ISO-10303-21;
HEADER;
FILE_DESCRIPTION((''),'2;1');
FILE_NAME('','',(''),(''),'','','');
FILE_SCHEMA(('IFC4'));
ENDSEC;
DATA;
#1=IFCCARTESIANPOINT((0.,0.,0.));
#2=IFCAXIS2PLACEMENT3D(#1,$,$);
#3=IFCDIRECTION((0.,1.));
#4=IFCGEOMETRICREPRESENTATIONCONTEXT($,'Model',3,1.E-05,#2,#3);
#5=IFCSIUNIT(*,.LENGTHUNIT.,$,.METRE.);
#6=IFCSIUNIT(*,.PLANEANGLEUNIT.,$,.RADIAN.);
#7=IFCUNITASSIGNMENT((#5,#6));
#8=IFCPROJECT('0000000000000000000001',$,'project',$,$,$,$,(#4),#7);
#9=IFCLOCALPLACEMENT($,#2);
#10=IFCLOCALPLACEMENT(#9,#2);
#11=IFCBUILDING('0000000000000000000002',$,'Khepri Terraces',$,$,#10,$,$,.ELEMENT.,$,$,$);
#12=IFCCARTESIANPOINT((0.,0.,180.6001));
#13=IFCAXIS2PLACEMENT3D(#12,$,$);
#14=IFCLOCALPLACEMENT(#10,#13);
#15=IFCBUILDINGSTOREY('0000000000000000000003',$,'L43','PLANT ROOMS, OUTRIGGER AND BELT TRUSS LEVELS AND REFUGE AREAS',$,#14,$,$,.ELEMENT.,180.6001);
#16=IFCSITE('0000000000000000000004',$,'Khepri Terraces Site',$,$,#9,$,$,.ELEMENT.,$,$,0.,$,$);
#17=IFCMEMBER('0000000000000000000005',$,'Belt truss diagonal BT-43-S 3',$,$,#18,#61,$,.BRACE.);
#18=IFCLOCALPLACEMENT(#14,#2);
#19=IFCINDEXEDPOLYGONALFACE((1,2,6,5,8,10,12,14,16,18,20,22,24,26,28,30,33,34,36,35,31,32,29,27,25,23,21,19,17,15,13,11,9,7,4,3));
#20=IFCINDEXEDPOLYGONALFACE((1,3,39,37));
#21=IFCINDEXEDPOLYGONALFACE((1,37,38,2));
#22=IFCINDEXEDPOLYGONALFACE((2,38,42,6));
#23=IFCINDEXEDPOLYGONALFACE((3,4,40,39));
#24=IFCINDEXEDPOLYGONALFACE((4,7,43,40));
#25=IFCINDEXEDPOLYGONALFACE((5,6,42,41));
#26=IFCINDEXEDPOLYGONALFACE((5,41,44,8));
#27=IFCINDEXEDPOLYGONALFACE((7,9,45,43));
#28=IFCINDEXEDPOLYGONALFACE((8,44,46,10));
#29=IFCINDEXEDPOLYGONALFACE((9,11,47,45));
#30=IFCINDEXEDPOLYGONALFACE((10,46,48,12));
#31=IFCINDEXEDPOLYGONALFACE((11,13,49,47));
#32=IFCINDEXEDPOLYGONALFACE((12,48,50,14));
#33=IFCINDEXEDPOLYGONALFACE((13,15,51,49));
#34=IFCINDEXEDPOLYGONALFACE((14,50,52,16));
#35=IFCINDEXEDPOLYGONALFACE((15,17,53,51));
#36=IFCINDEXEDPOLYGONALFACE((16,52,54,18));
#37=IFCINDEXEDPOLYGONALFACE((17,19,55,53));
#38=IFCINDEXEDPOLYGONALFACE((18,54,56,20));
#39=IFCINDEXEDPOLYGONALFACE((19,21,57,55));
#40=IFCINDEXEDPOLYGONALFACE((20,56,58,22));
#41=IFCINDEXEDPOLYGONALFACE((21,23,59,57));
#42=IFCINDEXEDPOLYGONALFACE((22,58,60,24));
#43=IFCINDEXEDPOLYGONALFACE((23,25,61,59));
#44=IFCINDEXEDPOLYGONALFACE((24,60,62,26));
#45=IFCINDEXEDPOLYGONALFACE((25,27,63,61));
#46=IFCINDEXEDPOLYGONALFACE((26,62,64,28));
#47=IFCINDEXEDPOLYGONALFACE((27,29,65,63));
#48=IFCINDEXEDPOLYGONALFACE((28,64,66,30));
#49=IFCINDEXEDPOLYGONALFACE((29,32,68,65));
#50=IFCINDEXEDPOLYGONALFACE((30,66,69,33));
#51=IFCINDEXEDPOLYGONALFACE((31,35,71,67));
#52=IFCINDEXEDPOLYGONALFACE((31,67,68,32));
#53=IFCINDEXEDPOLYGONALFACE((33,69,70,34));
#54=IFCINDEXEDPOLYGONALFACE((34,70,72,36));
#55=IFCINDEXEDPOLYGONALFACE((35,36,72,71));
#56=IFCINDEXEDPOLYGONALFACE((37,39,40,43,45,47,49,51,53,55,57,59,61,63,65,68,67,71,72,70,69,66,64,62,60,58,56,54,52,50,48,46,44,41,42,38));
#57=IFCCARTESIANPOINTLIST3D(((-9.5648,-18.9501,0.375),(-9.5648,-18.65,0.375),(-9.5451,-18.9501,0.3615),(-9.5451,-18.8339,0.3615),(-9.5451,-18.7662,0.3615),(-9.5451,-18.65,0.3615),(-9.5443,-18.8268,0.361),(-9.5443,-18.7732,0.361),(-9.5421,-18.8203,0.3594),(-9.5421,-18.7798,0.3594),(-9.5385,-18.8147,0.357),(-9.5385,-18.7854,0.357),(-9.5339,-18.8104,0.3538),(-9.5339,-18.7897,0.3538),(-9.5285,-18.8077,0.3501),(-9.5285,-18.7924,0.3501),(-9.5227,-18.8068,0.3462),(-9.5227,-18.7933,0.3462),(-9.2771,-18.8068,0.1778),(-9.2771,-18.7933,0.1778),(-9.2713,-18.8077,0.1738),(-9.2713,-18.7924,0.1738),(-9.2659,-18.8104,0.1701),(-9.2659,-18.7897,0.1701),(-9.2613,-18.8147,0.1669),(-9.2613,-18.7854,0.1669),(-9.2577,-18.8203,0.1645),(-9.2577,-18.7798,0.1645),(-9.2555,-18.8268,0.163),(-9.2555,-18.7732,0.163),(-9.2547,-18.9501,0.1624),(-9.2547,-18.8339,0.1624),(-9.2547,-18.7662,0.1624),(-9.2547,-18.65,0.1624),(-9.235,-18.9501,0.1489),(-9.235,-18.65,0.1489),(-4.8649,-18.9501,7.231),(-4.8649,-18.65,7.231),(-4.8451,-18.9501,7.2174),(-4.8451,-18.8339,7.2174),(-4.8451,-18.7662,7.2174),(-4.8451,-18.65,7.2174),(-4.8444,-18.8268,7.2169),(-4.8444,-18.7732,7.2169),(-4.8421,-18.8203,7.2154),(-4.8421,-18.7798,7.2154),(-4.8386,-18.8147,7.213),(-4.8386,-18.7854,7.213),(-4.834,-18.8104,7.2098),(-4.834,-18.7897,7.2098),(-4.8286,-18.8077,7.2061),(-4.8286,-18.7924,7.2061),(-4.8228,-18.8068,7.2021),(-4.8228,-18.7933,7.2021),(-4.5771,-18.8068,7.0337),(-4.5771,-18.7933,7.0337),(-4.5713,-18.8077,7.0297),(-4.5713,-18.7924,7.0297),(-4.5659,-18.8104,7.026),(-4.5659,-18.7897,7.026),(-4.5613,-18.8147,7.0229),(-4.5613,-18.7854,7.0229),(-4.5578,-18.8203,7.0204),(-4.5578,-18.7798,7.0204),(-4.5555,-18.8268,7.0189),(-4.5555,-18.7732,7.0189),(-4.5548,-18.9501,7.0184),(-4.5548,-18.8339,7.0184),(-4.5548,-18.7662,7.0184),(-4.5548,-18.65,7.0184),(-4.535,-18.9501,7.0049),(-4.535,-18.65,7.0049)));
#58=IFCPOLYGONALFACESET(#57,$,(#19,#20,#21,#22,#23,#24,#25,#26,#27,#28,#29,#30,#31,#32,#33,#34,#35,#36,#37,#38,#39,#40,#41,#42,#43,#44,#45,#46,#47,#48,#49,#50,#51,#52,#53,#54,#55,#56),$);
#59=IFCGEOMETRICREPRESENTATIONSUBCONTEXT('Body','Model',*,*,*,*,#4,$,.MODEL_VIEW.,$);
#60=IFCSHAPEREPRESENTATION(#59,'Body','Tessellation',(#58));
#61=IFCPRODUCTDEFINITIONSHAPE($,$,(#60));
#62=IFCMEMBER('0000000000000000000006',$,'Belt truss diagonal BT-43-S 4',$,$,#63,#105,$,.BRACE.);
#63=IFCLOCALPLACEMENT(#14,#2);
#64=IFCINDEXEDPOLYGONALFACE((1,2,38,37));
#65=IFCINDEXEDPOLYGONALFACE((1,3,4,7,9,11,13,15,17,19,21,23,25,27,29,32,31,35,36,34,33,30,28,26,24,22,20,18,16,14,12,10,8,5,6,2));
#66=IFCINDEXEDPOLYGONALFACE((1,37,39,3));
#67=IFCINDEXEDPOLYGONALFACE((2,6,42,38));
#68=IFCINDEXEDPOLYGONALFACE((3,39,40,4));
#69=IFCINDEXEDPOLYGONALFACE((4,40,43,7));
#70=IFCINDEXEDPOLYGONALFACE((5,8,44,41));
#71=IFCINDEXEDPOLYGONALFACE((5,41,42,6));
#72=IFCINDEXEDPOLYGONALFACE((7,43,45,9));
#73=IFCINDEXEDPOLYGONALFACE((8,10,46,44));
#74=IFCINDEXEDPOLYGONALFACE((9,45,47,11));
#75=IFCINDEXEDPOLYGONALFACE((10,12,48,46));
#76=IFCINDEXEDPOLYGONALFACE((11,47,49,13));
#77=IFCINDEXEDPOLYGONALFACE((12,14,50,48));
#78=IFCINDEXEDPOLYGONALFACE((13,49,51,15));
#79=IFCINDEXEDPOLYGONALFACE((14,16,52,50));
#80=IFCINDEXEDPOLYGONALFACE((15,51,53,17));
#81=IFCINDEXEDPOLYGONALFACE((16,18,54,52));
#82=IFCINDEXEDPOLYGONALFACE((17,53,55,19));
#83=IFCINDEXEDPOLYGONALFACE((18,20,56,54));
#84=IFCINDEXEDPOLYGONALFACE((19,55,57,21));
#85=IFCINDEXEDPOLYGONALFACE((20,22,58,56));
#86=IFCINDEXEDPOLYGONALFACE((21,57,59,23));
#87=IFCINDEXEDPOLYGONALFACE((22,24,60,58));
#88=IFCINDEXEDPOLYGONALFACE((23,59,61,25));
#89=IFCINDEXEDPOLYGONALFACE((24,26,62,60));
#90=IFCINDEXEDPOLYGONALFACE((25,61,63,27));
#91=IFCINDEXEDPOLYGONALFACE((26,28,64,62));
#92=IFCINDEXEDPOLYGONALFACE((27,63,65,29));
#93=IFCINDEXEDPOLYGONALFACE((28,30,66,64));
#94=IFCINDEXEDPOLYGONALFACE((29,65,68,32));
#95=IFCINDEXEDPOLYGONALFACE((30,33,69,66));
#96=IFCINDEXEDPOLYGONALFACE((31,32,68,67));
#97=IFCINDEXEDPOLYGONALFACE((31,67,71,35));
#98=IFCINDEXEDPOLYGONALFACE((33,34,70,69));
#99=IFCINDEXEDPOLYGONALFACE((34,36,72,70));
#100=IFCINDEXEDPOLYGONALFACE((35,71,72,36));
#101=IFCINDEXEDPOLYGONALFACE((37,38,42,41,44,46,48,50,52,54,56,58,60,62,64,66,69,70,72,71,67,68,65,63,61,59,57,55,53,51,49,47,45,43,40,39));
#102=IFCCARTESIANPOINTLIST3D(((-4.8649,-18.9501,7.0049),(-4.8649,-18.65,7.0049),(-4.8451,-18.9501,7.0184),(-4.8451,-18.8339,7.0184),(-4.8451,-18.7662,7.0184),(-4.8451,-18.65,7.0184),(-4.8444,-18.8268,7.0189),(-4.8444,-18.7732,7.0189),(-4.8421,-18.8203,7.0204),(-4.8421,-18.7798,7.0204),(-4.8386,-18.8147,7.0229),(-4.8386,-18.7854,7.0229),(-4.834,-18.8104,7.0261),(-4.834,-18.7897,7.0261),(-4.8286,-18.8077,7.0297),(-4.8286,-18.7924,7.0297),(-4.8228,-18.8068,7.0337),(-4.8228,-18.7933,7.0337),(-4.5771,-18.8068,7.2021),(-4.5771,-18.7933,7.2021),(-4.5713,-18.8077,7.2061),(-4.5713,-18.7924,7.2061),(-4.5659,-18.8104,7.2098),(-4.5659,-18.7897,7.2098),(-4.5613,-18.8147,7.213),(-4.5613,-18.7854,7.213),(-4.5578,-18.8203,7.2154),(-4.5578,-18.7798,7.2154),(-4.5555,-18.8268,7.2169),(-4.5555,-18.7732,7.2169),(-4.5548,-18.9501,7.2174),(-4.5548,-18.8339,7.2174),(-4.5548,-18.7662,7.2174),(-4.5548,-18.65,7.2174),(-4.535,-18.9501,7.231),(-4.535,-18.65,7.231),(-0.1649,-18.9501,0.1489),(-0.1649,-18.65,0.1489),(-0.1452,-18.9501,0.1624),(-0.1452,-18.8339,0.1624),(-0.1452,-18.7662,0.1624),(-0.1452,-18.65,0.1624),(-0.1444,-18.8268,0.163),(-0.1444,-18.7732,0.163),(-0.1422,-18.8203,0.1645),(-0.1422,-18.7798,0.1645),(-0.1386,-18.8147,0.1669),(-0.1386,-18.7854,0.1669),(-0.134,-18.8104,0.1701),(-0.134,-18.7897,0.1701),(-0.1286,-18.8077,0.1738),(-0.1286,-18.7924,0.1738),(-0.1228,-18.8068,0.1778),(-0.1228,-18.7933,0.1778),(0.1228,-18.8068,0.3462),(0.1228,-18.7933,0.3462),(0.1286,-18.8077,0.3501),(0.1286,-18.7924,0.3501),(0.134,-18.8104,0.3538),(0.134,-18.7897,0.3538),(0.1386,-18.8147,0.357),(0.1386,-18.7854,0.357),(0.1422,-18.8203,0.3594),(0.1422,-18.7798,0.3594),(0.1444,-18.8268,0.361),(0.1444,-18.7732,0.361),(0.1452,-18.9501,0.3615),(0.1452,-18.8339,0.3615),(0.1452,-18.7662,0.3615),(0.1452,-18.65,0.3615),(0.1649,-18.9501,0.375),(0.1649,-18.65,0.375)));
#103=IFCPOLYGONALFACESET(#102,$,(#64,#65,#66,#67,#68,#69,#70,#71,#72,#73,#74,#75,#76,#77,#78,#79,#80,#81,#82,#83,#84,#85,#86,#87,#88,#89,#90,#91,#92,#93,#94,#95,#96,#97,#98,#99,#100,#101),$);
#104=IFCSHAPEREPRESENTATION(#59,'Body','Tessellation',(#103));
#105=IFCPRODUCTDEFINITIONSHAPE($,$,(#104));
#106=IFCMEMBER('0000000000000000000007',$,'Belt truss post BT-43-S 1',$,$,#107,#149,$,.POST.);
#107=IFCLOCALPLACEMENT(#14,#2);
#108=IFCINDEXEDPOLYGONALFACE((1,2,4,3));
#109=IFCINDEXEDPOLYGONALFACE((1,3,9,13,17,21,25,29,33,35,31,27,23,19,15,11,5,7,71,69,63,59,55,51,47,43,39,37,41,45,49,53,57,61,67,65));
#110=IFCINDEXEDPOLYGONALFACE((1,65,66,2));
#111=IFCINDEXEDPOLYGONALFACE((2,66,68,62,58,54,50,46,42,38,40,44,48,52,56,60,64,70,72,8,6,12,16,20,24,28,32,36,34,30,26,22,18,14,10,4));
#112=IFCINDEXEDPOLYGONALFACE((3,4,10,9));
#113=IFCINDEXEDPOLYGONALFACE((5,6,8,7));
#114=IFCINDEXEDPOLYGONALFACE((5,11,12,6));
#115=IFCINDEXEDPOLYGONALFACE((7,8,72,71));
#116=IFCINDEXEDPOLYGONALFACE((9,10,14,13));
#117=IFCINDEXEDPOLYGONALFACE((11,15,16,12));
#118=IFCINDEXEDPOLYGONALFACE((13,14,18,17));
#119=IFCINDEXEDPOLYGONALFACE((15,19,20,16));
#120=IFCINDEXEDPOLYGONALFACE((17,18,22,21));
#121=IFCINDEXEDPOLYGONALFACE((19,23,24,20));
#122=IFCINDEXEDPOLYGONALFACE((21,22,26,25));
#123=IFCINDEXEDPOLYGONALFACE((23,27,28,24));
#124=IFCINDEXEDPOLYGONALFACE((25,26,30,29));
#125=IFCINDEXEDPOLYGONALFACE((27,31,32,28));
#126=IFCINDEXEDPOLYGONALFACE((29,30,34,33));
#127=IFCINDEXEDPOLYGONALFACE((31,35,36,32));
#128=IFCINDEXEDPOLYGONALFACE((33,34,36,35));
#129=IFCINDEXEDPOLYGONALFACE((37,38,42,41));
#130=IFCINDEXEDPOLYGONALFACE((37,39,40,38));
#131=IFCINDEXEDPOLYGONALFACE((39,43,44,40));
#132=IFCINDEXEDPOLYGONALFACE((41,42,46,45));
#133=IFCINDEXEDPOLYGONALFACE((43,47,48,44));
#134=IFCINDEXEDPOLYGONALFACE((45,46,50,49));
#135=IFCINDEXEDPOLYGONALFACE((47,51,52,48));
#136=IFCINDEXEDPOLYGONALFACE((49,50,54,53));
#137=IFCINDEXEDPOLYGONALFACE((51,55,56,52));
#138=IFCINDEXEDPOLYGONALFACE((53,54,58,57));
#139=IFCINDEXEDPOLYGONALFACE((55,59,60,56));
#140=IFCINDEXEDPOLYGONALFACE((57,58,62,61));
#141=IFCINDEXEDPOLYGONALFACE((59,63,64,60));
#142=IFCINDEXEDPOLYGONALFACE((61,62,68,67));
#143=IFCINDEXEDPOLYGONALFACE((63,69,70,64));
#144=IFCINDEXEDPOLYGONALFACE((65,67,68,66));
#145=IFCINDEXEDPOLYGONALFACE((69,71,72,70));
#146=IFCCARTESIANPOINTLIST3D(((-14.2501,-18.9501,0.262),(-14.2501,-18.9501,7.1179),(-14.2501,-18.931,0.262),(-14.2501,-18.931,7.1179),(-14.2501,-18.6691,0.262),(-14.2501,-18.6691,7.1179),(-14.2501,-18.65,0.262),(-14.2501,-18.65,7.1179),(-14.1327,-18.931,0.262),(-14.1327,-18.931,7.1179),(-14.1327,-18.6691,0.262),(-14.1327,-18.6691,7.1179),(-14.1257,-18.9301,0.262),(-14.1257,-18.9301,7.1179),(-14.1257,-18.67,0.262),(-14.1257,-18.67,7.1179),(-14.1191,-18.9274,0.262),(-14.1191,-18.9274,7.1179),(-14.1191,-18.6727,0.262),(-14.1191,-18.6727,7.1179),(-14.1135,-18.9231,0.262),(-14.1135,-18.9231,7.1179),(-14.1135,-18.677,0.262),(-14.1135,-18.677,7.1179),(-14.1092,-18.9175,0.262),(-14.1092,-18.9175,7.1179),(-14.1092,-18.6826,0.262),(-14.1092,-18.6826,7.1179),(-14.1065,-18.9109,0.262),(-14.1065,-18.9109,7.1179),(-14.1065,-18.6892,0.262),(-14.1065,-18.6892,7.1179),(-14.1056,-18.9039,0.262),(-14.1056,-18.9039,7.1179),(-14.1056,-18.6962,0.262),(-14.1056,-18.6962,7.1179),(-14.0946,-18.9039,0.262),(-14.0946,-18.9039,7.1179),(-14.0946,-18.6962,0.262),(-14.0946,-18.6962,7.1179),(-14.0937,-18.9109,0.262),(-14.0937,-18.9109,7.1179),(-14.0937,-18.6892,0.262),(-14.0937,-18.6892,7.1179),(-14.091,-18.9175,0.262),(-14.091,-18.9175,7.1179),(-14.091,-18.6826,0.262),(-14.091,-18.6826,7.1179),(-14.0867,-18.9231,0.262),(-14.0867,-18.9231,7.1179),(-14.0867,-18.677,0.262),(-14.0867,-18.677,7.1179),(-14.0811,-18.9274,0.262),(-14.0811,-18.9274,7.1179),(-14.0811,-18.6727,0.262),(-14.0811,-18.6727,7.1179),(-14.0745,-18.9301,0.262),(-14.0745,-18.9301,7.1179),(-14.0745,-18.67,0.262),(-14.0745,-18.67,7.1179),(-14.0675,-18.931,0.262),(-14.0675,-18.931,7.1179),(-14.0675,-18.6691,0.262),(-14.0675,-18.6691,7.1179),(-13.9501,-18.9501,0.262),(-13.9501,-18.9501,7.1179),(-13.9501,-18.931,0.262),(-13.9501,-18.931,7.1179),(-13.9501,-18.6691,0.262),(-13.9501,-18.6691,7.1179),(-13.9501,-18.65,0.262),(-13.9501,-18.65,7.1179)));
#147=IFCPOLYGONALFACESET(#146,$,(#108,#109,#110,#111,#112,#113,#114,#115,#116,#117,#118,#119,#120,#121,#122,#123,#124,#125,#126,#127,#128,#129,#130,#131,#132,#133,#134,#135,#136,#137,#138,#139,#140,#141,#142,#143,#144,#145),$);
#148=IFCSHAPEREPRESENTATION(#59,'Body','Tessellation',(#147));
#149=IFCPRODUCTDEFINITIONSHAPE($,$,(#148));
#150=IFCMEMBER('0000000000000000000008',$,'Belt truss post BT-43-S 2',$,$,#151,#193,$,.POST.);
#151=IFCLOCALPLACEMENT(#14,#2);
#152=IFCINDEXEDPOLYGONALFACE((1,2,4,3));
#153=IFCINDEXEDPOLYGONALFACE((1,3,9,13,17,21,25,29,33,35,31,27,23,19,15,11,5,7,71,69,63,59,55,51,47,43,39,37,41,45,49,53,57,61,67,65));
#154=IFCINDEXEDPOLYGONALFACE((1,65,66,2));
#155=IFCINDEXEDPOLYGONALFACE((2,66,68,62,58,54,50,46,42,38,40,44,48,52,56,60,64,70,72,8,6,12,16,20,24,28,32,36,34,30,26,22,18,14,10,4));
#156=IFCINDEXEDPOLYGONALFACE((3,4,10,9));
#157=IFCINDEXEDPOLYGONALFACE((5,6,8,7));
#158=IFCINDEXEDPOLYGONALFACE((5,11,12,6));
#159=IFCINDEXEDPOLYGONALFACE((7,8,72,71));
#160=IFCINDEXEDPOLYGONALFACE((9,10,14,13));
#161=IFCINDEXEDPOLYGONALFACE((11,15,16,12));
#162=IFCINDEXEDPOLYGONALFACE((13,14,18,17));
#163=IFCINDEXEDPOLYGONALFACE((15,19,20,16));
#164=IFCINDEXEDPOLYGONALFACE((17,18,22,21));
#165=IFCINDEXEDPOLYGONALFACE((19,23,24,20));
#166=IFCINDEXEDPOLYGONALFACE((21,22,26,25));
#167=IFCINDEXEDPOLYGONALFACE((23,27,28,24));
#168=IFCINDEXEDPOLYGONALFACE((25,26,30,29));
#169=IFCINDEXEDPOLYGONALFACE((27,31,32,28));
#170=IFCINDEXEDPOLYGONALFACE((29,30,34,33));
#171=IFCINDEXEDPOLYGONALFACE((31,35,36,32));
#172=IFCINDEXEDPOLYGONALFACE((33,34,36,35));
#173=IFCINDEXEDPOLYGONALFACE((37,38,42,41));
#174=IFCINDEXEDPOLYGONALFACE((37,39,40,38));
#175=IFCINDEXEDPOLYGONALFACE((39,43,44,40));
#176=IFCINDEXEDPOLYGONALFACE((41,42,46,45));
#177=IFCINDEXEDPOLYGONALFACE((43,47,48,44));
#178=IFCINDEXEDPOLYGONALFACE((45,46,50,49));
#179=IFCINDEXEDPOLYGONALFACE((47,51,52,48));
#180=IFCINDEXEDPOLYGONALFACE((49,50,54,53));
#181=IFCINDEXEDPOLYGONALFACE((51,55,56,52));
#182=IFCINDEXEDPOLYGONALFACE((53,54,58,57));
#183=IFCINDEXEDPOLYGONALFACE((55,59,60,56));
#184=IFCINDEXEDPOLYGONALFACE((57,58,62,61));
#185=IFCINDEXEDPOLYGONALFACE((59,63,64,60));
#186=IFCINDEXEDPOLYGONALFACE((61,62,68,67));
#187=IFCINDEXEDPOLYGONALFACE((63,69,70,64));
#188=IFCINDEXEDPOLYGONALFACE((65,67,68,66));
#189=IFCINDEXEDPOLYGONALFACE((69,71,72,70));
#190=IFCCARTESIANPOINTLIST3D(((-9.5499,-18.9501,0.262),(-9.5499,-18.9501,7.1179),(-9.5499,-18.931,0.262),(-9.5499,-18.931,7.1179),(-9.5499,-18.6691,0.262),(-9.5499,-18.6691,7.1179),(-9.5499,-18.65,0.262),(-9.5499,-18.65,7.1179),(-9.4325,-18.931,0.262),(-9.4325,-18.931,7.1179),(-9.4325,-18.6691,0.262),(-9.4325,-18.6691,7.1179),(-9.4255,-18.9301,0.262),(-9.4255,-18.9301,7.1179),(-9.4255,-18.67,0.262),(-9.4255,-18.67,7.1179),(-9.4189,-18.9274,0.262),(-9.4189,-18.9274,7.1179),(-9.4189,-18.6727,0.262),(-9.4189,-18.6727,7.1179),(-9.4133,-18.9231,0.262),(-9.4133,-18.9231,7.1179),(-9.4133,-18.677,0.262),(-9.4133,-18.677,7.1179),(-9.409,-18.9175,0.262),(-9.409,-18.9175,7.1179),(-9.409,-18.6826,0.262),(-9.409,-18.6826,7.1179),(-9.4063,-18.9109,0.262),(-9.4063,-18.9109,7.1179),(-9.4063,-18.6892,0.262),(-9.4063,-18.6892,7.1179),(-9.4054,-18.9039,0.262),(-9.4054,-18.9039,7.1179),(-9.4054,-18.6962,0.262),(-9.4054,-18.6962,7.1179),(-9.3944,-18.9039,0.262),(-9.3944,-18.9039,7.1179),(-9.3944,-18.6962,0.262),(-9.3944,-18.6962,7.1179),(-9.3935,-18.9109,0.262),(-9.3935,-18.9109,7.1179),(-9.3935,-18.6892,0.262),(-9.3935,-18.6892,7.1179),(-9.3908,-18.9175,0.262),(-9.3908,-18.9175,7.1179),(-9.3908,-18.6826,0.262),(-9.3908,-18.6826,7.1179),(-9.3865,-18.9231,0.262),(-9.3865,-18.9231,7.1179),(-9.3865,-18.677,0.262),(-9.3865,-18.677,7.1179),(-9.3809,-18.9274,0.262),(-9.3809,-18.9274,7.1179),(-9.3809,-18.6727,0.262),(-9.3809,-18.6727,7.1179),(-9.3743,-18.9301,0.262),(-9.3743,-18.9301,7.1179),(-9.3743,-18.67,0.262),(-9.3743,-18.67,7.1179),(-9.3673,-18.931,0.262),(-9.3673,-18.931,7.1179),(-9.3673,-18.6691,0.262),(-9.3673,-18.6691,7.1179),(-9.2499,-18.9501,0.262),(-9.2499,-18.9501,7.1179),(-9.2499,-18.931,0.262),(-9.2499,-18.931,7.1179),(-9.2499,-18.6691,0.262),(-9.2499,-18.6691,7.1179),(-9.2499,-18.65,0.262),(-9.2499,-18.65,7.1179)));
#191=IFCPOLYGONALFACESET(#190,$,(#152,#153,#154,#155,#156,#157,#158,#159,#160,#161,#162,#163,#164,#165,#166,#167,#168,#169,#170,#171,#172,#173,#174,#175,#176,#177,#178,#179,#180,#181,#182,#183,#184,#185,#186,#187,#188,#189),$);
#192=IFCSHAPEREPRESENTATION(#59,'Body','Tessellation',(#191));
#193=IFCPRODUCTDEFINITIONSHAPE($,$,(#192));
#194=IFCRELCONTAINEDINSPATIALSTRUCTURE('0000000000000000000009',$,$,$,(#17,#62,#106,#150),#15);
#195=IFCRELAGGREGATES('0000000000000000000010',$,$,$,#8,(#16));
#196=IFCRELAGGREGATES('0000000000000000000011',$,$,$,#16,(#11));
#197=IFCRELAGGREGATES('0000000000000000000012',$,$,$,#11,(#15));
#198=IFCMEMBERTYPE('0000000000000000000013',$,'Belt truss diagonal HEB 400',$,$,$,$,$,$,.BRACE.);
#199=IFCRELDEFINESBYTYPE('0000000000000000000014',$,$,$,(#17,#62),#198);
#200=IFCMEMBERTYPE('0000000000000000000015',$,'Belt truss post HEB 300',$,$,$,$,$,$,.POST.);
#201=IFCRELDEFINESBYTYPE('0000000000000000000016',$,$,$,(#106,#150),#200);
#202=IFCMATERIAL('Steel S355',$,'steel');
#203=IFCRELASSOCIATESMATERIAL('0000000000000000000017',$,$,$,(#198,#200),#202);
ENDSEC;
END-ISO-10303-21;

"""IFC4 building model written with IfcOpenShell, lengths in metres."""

from ifc_helpers import new_model, si_unit, direction, frame, origin, origin_2d, place, context, subcontext, project, spatial, i_section, extrude, material, material_profile, profile_set, type_object, element, save


model = new_model("IFC4")

# Units and contexts
model_context = context("Model", 3, precision=1e-05, world=origin(), true_north=direction((0.0, 1.0)))
body_context = subcontext(model_context, "Body", "Model", "MODEL_VIEW")
ifc_project = project(units=[si_unit("LENGTHUNIT", "METRE"), si_unit("PLANEANGLEUNIT", "RADIAN")], contexts=[model_context])

# Site, building, storey
site_placement = place(None, origin())
site = spatial("IfcSite", under=ifc_project, at=site_placement, Name="Khepri Terraces Site", CompositionType="ELEMENT", RefElevation=0.0)
building_placement = place(site_placement, origin())
building = spatial("IfcBuilding", under=site, at=building_placement, Name="Khepri Terraces", CompositionType="ELEMENT")
storey_placement = place(building_placement, frame((0.0, 0.0, 180.6001)))
storey = spatial("IfcBuildingStorey", under=building, at=storey_placement, Name="L43", Description="PLANT ROOMS, OUTRIGGER AND BELT TRUSS LEVELS AND REFUGE AREAS", CompositionType="ELEMENT", Elevation=180.6001)

# Members
ifc_material_1 = material(Name="Steel S355", Category="steel")
ifc_material_profile_1 = material_profile(ifc_material_1, i_section(OverallWidth=0.3, OverallDepth=0.3999, WebThickness=0.0134, FlangeThickness=0.0239, FilletRadius=0.0271, at=origin_2d()), Name="Steel S355", Category="steel")
ifc_profile_set_1 = profile_set([ifc_material_profile_1], Name="Steel S355")
member_type_1 = type_object("IfcMemberType", Name="Belt truss diagonal HEB 400", PredefinedType="BRACE", material=ifc_profile_set_1)
for number, where, z_axis, x_axis, name in (
    (1, (-9.3999, -18.8, 0.262), (0.565424, 0.0, 0.8248), (0.0, 1.0, 0.0), "Belt truss diagonal BT-43-S 3"),
    (2, (-4.7, -18.8, 7.1179), (0.565424, 0.0, -0.8248), (0.0, 1.0, 0.0), "Belt truss diagonal BT-43-S 4"),
):
    element("IfcMember", number, at=place(storey_placement, frame(where, z_axis=z_axis, x_axis=x_axis)), inside=storey, type_object=member_type_1, Name=name, PredefinedType="BRACE", context=body_context, shape_type="SweptSolid", body=[
        extrude(i_section(OverallWidth=0.3, OverallDepth=0.3999, WebThickness=0.0134, FlangeThickness=0.0239, FilletRadius=0.0271, at=origin_2d()), origin(), (0.0, 0.0, 1.0), 8.3123),
    ])
ifc_material_profile_2 = material_profile(ifc_material_1, i_section(OverallWidth=0.3, OverallDepth=0.3, WebThickness=0.011, FlangeThickness=0.019, FilletRadius=0.0271, at=origin_2d()), Name="Steel S355", Category="steel")
ifc_profile_set_2 = profile_set([ifc_material_profile_2], Name="Steel S355")
member_type_2 = type_object("IfcMemberType", Name="Belt truss post HEB 300", PredefinedType="POST", material=ifc_profile_set_2)
for number, where, z_axis, x_axis, name in (
    (3, (-14.1001, -18.8, 0.262), (0.0, 0.0, 1.0), (1.0, 0.0, 0.0), "Belt truss post BT-43-S 1"),
    (4, (-9.3999, -18.8, 0.262), (0.0, 0.0, 1.0), (1.0, 0.0, 0.0), "Belt truss post BT-43-S 2"),
):
    element("IfcMember", number, at=place(storey_placement, frame(where, z_axis=z_axis, x_axis=x_axis)), inside=storey, type_object=member_type_2, Name=name, PredefinedType="POST", context=body_context, shape_type="SweptSolid", body=[
        extrude(i_section(OverallWidth=0.3, OverallDepth=0.3, WebThickness=0.011, FlangeThickness=0.019, FilletRadius=0.0271, at=origin_2d()), origin(), (0.0, 0.0, 1.0), 6.856),
    ])

save(model, "model.ifc")
